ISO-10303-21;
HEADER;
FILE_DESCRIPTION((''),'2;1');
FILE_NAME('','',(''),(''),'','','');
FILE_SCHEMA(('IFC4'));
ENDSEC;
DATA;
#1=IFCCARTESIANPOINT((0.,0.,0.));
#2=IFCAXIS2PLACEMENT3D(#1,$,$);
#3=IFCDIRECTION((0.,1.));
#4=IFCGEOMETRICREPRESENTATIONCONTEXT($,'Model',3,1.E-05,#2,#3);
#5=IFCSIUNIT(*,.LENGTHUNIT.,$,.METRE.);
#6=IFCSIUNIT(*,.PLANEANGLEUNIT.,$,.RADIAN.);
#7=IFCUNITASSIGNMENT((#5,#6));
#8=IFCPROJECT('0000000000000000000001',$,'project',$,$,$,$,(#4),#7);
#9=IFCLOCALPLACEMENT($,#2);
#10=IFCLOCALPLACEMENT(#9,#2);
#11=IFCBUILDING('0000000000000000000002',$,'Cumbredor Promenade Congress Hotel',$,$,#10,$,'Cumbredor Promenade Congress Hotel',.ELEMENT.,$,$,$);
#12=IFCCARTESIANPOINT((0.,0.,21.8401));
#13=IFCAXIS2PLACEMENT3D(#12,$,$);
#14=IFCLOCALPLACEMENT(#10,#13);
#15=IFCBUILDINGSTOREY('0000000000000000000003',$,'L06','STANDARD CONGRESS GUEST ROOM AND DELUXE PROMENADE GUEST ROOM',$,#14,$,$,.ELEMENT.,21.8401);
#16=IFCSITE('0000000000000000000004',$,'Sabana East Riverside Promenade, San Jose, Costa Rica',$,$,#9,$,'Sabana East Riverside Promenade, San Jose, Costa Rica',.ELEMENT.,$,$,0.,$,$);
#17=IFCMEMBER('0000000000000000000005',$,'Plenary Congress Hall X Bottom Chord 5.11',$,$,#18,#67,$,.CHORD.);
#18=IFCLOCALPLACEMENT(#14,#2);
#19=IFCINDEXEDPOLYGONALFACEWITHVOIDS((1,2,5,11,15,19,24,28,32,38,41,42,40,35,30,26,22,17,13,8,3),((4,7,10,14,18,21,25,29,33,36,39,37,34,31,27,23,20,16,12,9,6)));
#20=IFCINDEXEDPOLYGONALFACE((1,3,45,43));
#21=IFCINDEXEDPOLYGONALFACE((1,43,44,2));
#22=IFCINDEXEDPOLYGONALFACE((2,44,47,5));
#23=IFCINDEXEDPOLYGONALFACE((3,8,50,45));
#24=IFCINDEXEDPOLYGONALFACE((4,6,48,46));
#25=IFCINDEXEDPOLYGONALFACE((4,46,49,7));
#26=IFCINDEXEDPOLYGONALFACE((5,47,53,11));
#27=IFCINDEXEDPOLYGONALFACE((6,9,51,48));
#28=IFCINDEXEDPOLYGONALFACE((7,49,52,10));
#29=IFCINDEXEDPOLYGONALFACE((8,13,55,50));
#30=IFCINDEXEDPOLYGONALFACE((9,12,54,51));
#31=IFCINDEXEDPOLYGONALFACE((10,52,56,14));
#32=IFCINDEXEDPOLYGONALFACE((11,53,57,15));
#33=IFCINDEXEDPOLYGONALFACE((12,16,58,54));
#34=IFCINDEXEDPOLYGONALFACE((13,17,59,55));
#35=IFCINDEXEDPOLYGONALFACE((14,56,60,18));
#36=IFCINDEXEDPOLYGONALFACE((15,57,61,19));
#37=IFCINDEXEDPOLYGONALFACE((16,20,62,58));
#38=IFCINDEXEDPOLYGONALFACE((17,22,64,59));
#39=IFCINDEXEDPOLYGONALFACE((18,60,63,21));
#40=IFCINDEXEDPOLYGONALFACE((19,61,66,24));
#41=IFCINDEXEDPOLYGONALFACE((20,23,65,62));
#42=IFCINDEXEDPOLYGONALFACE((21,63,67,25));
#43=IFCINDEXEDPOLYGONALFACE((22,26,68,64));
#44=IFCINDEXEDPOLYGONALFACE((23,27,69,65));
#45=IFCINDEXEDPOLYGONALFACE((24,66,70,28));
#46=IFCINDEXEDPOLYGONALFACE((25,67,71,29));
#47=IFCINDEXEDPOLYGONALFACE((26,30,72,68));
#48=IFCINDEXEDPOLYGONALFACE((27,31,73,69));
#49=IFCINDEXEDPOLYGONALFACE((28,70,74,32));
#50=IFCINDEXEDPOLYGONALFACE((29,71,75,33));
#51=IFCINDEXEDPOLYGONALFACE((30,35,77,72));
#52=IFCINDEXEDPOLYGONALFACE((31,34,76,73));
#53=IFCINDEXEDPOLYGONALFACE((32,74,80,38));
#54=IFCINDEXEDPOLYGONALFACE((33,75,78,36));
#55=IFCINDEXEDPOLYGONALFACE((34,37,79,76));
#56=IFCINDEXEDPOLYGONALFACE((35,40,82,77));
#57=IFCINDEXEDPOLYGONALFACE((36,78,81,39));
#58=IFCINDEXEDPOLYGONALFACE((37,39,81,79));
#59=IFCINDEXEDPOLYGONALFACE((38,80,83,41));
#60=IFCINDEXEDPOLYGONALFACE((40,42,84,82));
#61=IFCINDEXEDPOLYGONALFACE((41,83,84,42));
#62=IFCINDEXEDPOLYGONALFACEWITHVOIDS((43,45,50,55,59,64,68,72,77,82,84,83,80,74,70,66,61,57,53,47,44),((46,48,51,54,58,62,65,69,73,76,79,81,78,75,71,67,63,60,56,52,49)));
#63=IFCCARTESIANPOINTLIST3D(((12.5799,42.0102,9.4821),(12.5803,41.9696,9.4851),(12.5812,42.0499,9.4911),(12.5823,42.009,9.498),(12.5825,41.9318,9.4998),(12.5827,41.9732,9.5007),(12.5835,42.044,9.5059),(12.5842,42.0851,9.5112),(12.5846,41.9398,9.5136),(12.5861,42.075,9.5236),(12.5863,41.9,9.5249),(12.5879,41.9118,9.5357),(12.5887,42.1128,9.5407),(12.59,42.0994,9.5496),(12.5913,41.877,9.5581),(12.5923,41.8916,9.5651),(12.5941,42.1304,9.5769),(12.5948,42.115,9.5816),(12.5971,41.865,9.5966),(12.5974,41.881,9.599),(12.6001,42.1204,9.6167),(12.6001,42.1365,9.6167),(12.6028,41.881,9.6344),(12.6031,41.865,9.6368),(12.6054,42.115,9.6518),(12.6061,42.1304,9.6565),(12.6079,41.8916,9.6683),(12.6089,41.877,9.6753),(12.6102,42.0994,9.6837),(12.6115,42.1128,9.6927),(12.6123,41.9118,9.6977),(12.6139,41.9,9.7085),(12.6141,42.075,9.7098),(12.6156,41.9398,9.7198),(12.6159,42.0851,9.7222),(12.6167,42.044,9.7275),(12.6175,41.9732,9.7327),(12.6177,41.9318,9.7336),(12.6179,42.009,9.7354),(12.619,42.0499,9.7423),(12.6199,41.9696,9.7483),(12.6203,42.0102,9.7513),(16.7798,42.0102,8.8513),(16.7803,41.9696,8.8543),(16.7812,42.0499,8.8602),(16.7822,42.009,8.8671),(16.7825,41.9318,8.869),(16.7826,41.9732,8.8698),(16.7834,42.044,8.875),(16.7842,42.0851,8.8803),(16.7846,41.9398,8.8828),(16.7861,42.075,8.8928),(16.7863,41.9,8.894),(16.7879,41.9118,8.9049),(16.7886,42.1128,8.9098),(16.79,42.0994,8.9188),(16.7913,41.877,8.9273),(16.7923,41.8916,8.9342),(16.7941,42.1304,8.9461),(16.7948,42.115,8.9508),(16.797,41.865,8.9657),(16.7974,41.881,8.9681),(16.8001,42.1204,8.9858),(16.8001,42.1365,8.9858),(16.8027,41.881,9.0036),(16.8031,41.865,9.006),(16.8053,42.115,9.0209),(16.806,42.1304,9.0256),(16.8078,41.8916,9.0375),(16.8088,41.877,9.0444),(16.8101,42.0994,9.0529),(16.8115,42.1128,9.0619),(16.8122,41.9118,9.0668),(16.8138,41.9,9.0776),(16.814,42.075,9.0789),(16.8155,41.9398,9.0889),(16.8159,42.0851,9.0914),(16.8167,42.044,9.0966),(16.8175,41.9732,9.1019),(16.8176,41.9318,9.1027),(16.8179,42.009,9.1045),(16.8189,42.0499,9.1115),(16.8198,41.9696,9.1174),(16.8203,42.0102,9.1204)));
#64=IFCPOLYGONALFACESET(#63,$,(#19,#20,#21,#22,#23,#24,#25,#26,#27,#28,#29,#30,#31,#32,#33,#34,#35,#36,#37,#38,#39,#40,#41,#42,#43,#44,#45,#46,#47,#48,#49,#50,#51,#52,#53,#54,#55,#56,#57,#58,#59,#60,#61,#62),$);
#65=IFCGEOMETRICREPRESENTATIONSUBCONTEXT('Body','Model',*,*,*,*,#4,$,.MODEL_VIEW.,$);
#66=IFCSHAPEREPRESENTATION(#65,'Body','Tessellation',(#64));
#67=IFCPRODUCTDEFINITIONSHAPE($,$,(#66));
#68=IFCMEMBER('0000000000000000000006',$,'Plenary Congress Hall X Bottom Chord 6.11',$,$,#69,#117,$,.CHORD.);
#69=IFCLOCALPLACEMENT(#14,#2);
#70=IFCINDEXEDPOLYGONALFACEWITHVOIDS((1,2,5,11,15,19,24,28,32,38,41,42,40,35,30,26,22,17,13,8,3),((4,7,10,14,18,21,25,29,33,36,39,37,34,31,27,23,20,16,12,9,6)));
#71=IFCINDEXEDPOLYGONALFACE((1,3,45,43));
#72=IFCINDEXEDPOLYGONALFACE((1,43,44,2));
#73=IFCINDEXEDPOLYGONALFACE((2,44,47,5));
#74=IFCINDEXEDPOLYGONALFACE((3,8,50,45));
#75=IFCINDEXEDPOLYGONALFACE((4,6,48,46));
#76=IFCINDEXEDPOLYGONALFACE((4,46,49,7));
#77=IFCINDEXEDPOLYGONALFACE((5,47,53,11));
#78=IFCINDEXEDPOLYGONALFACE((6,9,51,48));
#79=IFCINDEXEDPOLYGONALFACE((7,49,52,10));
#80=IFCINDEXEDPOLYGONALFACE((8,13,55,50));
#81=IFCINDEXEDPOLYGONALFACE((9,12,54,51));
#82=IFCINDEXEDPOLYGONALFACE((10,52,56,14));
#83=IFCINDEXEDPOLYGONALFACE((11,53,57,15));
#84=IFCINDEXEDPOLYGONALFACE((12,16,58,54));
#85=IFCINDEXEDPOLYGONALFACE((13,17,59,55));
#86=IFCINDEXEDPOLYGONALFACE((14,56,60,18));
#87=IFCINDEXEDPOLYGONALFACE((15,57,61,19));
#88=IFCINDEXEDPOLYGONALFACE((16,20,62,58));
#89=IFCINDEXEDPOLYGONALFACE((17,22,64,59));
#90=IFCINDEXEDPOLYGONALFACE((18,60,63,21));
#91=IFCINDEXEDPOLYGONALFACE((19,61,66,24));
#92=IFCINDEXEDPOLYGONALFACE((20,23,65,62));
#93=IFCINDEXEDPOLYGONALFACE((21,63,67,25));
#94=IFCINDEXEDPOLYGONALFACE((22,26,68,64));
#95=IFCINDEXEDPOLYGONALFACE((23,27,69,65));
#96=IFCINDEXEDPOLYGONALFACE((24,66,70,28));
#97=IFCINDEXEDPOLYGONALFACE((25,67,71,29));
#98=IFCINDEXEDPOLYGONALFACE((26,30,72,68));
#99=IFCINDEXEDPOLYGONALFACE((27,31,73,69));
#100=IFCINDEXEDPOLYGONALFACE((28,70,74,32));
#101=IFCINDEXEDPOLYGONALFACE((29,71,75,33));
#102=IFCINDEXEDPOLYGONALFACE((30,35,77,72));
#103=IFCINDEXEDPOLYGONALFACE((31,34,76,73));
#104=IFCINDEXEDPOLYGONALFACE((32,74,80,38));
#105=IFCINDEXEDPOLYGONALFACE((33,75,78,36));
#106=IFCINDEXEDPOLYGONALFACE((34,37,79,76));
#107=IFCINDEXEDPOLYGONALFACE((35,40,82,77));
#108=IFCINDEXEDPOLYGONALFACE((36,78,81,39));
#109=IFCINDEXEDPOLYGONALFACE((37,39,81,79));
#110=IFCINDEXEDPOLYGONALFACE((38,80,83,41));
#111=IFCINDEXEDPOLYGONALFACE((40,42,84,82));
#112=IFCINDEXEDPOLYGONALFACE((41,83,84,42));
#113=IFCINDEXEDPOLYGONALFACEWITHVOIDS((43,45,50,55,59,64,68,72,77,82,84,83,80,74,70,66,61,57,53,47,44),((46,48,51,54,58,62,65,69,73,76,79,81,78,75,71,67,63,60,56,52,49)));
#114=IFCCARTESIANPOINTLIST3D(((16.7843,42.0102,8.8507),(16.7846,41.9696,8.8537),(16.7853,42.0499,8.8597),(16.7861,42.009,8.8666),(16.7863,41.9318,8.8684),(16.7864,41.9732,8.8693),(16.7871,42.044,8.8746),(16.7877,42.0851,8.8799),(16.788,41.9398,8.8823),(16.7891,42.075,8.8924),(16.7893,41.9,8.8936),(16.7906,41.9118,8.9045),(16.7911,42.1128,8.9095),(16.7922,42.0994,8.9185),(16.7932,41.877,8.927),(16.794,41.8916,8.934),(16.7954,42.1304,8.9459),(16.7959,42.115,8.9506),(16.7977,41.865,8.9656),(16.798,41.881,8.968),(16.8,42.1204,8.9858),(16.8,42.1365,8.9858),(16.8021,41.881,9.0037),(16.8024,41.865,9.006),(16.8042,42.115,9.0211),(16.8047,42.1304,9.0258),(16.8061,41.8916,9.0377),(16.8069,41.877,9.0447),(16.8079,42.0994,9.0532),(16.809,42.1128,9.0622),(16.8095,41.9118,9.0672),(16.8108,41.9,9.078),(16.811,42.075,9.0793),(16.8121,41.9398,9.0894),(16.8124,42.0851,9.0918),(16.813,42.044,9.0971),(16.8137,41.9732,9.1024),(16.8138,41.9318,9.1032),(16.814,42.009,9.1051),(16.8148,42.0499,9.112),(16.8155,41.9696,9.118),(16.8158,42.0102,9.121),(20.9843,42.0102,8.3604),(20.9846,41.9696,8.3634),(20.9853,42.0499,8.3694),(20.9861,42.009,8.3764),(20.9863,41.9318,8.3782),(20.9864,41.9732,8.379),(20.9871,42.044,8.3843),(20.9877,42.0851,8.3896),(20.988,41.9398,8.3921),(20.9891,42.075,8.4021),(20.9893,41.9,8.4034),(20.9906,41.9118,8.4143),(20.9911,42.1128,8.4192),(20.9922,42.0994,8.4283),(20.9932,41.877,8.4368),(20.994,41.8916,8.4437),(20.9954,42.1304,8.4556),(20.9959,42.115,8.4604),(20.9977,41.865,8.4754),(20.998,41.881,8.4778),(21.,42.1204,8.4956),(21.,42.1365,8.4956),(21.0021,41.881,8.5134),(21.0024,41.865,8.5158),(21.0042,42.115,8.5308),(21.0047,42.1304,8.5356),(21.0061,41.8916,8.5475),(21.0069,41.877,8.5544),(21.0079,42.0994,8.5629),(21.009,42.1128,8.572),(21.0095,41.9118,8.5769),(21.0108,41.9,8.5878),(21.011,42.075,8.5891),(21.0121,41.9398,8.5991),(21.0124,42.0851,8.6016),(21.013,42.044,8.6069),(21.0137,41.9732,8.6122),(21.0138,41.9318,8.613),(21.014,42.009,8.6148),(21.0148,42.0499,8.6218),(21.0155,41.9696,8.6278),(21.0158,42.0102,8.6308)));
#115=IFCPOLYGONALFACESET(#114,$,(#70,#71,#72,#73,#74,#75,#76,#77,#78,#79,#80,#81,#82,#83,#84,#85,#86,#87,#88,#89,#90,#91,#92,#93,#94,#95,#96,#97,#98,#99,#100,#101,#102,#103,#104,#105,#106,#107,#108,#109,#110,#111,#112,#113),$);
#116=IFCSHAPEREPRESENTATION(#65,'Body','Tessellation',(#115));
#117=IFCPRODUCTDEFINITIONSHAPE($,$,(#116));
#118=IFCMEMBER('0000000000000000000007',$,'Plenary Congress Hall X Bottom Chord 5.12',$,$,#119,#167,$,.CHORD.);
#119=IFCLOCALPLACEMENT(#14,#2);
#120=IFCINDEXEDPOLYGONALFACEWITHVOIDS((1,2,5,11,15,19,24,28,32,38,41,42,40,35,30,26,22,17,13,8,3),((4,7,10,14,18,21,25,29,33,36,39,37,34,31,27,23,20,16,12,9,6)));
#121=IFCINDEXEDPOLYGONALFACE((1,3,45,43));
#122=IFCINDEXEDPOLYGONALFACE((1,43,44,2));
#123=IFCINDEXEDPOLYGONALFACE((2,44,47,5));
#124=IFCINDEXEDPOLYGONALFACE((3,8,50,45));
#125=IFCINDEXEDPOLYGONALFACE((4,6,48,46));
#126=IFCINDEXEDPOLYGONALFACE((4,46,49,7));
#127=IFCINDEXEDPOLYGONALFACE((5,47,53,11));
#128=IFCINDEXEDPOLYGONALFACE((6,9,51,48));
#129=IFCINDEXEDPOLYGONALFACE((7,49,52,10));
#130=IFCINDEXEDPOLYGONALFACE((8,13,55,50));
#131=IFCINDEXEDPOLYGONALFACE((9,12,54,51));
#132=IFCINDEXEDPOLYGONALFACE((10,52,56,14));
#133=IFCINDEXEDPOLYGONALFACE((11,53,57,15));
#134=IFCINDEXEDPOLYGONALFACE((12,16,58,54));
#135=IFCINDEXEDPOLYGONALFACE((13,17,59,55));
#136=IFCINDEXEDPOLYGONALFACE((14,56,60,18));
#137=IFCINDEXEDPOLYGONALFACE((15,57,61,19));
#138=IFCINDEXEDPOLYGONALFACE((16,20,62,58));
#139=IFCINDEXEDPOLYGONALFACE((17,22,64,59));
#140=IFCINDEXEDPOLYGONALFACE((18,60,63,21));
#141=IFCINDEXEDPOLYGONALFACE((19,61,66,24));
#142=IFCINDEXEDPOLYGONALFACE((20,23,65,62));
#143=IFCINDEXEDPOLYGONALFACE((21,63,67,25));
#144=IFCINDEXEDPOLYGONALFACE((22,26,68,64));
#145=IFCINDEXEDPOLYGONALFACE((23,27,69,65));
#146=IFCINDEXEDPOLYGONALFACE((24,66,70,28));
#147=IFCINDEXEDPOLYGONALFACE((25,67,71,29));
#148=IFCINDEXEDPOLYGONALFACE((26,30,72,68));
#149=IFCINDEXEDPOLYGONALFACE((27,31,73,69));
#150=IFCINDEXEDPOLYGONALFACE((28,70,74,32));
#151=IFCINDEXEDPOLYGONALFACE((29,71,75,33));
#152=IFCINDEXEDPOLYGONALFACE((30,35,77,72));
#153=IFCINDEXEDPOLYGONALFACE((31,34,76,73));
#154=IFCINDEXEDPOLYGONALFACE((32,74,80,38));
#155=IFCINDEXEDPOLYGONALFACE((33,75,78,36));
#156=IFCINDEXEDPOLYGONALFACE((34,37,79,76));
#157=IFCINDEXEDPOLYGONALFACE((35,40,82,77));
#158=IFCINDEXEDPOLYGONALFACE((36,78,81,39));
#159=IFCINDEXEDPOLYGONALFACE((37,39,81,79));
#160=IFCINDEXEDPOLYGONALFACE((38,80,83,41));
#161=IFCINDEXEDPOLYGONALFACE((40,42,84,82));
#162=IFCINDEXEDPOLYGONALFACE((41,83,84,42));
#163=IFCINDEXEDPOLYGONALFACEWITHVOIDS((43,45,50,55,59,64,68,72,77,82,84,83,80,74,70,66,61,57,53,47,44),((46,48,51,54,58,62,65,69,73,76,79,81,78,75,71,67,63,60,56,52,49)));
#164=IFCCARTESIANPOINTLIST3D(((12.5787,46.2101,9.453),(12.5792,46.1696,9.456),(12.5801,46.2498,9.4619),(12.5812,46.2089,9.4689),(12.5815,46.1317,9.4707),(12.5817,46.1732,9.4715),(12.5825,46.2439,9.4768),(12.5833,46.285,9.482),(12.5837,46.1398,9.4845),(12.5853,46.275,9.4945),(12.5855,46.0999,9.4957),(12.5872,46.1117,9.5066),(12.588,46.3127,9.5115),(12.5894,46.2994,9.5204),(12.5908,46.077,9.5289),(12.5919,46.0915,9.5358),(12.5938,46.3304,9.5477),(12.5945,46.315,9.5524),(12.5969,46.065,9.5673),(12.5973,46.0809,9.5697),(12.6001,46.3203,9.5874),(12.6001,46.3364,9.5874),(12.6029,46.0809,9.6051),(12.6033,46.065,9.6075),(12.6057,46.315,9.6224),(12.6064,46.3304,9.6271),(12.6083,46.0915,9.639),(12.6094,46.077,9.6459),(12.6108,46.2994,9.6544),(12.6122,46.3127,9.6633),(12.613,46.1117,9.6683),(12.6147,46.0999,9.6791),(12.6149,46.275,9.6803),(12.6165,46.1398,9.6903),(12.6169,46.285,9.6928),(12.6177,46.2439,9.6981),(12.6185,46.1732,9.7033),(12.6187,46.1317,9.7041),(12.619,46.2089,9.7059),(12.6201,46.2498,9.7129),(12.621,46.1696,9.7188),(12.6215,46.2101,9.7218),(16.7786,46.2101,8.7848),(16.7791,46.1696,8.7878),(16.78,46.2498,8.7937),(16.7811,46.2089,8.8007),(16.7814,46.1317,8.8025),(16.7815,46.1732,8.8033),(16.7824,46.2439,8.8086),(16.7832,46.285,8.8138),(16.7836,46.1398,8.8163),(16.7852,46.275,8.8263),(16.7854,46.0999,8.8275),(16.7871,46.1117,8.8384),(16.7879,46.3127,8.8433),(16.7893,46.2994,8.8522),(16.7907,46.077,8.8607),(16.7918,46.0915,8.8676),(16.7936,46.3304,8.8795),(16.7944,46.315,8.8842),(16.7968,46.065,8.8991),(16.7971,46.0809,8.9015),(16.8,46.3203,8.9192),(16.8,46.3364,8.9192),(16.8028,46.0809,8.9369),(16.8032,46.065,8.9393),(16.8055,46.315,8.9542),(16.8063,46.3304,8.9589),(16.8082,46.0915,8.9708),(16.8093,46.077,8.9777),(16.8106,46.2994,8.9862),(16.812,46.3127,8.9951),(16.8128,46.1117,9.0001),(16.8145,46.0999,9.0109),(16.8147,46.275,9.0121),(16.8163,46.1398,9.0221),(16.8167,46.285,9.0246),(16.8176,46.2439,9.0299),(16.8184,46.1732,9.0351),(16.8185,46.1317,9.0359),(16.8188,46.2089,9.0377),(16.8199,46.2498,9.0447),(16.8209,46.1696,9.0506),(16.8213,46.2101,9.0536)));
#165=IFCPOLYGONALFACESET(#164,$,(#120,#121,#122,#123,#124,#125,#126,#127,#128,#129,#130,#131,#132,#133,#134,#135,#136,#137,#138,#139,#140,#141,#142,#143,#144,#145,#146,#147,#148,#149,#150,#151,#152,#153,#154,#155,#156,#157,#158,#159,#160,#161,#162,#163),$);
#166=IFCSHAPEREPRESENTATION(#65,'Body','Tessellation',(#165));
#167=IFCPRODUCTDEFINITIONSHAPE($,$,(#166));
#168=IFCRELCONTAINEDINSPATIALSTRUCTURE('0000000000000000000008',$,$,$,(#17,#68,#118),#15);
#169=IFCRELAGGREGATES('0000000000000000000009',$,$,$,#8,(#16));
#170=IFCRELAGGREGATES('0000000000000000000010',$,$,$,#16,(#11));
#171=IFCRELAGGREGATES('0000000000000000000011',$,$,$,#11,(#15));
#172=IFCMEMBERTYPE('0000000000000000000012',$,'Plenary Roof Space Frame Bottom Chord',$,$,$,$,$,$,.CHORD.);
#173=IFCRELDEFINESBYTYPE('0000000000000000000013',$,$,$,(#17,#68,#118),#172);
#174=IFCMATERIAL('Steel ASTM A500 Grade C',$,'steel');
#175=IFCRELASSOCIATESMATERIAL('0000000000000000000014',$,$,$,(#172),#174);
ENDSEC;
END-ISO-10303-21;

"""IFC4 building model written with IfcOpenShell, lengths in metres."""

from ifc_helpers import new_model, si_unit, direction, frame, origin, origin_2d, place, context, subcontext, project, spatial, hollow_circle, extrude, material, material_profile, profile_set, type_object, element, save


model = new_model("IFC4")

# Units and contexts
model_context = context("Model", 3, precision=1e-05, world=origin(), true_north=direction((0.0, 1.0)))
body_context = subcontext(model_context, "Body", "Model", "MODEL_VIEW")
ifc_project = project(units=[si_unit("LENGTHUNIT", "METRE"), si_unit("PLANEANGLEUNIT", "RADIAN")], contexts=[model_context])

# Site, building, storey
site_placement = place(None, origin())
site = spatial("IfcSite", under=ifc_project, at=site_placement, Name="Sabana East Riverside Promenade, San Jose, Costa Rica", LongName="Sabana East Riverside Promenade, San Jose, Costa Rica", CompositionType="ELEMENT", RefElevation=0.0)
building_placement = place(site_placement, origin())
building = spatial("IfcBuilding", under=site, at=building_placement, Name="Cumbredor Promenade Congress Hotel", LongName="Cumbredor Promenade Congress Hotel", CompositionType="ELEMENT")
storey_placement = place(building_placement, frame((0.0, 0.0, 21.8401)))
storey = spatial("IfcBuildingStorey", under=building, at=storey_placement, Name="L06", Description="STANDARD CONGRESS GUEST ROOM AND DELUXE PROMENADE GUEST ROOM", CompositionType="ELEMENT", Elevation=21.8401)

# Members
ifc_material_1 = material(Name="Steel ASTM A500 Grade C", Category="steel")
ifc_material_profile_1 = material_profile(ifc_material_1, hollow_circle(Radius=0.1365, WallThickness=0.0161, at=origin_2d()), Name="CHS 273.0x16")
ifc_profile_set_1 = profile_set([ifc_material_profile_1], Name="Steel ASTM A500 Grade C")
member_type_1 = type_object("IfcMemberType", Name="Plenary Roof Space Frame Bottom Chord", PredefinedType="CHORD", material=ifc_profile_set_1)
member_1_placement = place(storey_placement, frame((12.6001, 42.0, 9.6167), z_axis=(0.988906, 0.0, -0.14854), x_axis=(0.0, 1.0, 0.0)))
element("IfcMember", 1, at=member_1_placement, inside=storey, type_object=member_type_1, Name="Plenary Congress Hall X Bottom Chord 5.11", PredefinedType="CHORD", context=body_context, shape_type="SweptSolid", body=[
    extrude(hollow_circle(Radius=0.1365, WallThickness=0.0161, at=origin_2d()), origin(), (0.0, 0.0, 1.0), 4.2471),
])
member_2_placement = place(storey_placement, frame((16.8, 42.0, 8.9858), z_axis=(0.993257, 0.0, -0.115937), x_axis=(0.0, 1.0, 0.0)))
element("IfcMember", 2, at=member_2_placement, inside=storey, type_object=member_type_1, Name="Plenary Congress Hall X Bottom Chord 6.11", PredefinedType="CHORD", context=body_context, shape_type="SweptSolid", body=[
    extrude(hollow_circle(Radius=0.1365, WallThickness=0.0161, at=origin_2d()), origin(), (0.0, 0.0, 1.0), 4.2285),
])
member_3_placement = place(storey_placement, frame((12.6001, 46.2, 9.5874), z_axis=(0.987579, 0.0, -0.157124), x_axis=(0.0, 1.0, 0.0)))
element("IfcMember", 3, at=member_3_placement, inside=storey, type_object=member_type_1, Name="Plenary Congress Hall X Bottom Chord 5.12", PredefinedType="CHORD", context=body_context, shape_type="SweptSolid", body=[
    extrude(hollow_circle(Radius=0.1365, WallThickness=0.0161, at=origin_2d()), origin(), (0.0, 0.0, 1.0), 4.2527),
])

save(model, "model.ifc")
